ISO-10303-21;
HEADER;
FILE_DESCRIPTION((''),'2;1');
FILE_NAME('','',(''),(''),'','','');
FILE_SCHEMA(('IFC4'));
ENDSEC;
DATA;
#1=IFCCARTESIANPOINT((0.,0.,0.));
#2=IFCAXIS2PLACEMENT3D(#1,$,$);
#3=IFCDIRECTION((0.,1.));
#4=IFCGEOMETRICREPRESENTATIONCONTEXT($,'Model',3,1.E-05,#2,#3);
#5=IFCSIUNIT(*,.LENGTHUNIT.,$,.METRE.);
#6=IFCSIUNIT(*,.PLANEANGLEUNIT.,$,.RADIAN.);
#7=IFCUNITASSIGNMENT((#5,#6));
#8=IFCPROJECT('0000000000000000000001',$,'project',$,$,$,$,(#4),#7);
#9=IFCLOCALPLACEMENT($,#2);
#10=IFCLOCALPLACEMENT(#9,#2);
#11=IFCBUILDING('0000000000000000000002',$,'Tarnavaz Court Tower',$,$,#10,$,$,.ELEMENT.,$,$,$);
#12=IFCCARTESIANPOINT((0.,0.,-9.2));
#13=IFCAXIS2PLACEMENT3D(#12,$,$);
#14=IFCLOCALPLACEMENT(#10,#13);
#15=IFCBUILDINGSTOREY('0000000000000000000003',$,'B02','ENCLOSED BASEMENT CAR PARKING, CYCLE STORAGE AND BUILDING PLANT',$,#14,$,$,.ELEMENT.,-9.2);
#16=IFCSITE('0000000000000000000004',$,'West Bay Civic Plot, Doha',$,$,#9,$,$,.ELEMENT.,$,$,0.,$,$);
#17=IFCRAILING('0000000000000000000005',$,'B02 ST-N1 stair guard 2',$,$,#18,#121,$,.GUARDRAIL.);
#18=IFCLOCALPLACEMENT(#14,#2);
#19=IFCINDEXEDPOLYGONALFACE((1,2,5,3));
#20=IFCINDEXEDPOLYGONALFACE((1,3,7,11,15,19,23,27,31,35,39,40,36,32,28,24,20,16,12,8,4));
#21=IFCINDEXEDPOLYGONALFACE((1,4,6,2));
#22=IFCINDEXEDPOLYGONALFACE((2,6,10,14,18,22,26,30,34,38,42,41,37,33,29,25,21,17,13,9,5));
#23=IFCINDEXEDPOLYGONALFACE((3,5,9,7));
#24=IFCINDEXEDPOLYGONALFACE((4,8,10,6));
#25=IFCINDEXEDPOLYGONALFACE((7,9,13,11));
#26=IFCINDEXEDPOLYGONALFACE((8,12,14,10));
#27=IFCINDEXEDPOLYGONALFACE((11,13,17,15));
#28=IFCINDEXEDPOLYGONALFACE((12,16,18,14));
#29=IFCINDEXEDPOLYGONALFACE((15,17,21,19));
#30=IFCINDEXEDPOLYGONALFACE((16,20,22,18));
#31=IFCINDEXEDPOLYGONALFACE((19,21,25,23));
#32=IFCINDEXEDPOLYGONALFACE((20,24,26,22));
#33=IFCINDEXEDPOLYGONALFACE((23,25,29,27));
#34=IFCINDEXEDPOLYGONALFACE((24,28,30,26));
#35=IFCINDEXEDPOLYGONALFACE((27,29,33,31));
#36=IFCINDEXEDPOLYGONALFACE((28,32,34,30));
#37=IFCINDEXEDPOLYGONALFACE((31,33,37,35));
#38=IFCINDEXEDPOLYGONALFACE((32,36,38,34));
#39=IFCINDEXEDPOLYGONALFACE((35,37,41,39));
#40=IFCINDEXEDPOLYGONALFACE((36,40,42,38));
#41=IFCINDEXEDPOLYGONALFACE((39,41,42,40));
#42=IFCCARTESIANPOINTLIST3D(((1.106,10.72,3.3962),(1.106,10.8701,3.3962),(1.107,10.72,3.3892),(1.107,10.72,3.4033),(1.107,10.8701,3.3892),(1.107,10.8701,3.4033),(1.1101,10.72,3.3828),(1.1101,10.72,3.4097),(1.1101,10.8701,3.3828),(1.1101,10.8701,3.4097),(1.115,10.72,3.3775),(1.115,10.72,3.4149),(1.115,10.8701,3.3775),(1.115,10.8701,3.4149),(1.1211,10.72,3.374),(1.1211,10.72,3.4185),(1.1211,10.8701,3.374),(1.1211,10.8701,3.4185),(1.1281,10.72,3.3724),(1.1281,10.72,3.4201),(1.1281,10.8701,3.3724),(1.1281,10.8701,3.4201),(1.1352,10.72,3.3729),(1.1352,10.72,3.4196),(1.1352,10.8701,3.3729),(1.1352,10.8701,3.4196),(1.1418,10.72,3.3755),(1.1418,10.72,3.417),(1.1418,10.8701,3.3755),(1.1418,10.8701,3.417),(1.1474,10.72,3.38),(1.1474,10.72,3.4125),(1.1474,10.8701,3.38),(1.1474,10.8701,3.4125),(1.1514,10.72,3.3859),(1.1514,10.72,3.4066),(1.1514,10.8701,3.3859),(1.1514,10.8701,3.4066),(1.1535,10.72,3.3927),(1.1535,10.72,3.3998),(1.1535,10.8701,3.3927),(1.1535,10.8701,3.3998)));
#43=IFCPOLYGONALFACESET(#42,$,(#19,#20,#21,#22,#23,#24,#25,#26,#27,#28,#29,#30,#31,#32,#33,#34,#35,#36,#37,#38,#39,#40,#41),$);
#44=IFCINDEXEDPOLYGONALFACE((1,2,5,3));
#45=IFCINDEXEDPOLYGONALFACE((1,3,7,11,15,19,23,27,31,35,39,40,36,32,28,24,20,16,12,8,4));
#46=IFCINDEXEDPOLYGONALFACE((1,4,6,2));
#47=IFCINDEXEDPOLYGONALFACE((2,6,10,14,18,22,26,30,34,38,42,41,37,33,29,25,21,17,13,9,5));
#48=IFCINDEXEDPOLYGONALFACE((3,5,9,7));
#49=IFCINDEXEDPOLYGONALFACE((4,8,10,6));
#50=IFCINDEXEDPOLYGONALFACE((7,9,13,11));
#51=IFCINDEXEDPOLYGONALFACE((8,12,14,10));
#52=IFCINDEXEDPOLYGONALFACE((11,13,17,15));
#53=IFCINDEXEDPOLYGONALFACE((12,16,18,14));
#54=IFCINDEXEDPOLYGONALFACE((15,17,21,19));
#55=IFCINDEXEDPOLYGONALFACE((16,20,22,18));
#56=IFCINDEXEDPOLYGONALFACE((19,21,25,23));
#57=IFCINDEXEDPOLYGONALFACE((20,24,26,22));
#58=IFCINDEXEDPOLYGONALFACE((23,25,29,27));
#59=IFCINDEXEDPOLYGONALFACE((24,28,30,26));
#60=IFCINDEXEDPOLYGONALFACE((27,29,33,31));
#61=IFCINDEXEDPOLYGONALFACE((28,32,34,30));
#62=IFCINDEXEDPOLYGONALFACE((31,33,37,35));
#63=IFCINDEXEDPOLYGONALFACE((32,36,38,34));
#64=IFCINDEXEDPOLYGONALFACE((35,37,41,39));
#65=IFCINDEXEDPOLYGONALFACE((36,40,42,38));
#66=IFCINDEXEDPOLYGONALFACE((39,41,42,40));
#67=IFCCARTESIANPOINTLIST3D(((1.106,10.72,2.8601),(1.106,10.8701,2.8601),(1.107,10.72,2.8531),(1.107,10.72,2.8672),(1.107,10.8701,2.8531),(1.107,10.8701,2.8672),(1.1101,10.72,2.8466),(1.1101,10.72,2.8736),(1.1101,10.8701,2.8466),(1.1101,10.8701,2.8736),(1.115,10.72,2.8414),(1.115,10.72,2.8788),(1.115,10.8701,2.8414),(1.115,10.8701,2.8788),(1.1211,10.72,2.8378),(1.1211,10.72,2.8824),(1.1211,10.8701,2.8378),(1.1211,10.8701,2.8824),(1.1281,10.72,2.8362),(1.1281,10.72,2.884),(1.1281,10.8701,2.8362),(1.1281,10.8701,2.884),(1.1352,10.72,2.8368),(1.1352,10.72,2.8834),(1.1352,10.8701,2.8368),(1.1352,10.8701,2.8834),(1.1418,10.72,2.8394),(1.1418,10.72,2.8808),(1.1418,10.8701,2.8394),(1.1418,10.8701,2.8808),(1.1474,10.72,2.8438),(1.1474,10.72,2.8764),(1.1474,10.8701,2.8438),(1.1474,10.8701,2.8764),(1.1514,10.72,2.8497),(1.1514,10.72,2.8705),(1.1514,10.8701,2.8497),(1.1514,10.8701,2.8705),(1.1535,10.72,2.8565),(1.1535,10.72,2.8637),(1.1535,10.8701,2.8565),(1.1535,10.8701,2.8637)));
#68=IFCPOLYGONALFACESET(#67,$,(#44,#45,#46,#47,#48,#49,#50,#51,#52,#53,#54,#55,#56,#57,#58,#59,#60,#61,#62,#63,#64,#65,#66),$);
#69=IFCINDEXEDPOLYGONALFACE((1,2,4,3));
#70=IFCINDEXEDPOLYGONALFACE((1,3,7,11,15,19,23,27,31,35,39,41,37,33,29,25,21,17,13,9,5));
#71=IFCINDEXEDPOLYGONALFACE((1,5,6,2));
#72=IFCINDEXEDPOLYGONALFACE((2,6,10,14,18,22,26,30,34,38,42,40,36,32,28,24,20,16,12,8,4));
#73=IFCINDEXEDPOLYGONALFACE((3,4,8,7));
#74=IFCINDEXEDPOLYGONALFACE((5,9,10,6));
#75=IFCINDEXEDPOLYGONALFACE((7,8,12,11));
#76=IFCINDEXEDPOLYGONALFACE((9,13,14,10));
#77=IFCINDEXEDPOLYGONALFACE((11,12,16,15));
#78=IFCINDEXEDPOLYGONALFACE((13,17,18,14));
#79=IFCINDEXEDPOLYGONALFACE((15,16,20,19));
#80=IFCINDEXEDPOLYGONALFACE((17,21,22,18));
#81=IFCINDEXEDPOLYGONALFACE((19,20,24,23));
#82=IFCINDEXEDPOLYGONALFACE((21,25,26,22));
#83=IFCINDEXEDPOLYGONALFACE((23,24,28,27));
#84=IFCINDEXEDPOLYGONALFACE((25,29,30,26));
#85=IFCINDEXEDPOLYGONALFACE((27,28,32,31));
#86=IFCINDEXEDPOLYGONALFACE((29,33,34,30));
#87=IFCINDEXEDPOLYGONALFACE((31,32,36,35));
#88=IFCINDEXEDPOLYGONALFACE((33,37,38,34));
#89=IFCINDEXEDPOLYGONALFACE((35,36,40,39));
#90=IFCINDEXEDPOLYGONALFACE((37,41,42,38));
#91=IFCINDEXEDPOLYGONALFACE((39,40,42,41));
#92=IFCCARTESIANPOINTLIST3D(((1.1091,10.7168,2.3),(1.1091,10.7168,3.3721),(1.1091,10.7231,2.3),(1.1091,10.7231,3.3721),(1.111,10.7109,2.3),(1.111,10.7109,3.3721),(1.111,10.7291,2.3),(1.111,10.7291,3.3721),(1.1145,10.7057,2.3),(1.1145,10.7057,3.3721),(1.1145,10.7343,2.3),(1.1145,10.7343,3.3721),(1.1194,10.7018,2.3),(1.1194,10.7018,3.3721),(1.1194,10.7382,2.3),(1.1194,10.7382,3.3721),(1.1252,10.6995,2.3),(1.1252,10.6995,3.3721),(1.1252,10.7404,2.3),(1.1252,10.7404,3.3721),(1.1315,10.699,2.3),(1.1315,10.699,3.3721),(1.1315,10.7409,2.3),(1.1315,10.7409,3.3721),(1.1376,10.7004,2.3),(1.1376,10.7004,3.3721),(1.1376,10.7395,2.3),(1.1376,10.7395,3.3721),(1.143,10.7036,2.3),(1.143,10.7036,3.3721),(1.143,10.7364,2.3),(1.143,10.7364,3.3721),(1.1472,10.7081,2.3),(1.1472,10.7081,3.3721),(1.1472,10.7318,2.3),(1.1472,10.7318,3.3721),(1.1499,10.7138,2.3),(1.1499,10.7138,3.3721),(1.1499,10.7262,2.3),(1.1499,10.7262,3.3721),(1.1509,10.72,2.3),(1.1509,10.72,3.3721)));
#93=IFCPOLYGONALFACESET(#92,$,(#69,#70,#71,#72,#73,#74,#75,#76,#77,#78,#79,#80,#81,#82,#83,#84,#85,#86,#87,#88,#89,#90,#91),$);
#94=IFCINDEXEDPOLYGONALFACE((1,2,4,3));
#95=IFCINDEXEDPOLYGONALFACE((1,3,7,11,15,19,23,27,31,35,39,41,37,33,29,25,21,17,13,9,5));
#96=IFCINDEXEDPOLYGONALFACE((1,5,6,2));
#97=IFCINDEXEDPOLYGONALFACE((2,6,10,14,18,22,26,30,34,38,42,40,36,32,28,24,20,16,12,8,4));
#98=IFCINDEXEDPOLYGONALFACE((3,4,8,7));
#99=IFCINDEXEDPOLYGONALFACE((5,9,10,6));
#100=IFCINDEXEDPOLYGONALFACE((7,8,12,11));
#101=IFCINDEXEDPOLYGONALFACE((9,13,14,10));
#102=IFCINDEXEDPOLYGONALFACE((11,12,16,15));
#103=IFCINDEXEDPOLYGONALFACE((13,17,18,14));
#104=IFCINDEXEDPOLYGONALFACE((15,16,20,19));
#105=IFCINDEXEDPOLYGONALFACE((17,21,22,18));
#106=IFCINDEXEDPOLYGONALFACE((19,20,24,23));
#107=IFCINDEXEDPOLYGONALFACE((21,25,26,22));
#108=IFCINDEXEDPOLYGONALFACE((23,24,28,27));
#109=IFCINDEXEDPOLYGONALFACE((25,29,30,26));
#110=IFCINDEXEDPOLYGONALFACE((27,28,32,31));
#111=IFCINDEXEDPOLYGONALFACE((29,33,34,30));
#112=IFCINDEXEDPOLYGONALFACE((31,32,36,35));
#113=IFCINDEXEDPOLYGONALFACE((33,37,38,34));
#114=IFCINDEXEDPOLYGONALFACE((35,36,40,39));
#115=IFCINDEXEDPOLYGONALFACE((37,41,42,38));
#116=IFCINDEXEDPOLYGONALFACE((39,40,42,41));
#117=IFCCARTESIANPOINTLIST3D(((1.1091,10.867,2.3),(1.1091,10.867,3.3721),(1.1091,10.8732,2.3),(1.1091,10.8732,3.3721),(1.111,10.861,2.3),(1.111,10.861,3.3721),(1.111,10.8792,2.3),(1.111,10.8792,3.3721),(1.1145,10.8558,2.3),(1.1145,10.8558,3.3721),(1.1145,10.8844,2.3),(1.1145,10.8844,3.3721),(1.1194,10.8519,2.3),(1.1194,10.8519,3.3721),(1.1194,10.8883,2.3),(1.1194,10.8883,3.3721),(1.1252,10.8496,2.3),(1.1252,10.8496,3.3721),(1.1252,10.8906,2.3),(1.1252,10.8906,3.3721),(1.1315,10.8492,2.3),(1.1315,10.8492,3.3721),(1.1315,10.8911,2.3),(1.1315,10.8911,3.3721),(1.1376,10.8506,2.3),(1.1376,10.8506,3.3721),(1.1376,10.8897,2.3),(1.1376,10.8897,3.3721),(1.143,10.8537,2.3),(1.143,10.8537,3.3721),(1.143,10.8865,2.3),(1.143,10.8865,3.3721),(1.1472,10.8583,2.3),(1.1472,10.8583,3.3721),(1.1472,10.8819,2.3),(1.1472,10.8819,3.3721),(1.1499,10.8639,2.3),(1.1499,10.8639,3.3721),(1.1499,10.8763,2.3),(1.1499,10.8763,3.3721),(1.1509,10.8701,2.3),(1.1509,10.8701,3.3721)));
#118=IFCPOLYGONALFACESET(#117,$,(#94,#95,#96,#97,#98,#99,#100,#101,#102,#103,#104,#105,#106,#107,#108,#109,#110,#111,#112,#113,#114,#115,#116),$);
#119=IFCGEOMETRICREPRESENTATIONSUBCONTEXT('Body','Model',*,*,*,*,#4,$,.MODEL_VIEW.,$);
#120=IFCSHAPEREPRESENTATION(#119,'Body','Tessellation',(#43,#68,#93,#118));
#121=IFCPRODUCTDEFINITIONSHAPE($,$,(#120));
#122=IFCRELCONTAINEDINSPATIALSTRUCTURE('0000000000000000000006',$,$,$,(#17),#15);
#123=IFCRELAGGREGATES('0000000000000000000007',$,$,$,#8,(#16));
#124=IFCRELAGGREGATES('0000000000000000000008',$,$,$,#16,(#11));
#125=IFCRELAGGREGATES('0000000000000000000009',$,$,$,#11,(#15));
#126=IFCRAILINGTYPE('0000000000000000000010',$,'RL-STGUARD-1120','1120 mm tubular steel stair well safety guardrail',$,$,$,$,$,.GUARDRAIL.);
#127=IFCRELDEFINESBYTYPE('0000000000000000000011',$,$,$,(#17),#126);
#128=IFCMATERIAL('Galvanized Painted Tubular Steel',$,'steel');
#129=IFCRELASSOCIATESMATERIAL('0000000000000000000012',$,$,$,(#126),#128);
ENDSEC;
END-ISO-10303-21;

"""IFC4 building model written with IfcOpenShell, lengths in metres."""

from ifc_helpers import new_model, si_unit, direction, frame, origin, origin_2d, place, context, subcontext, project, spatial, circle, extrude, material, type_object, element, save


model = new_model("IFC4")

# Units and contexts
model_context = context("Model", 3, precision=1e-05, world=origin(), true_north=direction((0.0, 1.0)))
body_context = subcontext(model_context, "Body", "Model", "MODEL_VIEW")
ifc_project = project(units=[si_unit("LENGTHUNIT", "METRE"), si_unit("PLANEANGLEUNIT", "RADIAN")], contexts=[model_context])

# Site, building, storey
site_placement = place(None, origin())
site = spatial("IfcSite", under=ifc_project, at=site_placement, Name="West Bay Civic Plot, Doha", CompositionType="ELEMENT", RefElevation=0.0)
building_placement = place(site_placement, origin())
building = spatial("IfcBuilding", under=site, at=building_placement, Name="Tarnavaz Court Tower", CompositionType="ELEMENT")
storey_placement = place(building_placement, frame((0.0, 0.0, -9.2)))
storey = spatial("IfcBuildingStorey", under=building, at=storey_placement, Name="B02", Description="ENCLOSED BASEMENT CAR PARKING, CYCLE STORAGE AND BUILDING PLANT", CompositionType="ELEMENT", Elevation=-9.2)

# Railing
ifc_material_1 = material(Name="Galvanized Painted Tubular Steel", Category="steel")
railing_type_1 = type_object("IfcRailingType", Name="RL-STGUARD-1120", Description="1120 mm tubular steel stair well safety guardrail", PredefinedType="GUARDRAIL", material=ifc_material_1)
railing_1_placement = place(storey_placement, frame((1.1299, 10.72, 2.3)))
element("IfcRailing", 1, at=railing_1_placement, inside=storey, type_object=railing_type_1, Name="B02 ST-N1 stair guard 2", PredefinedType="GUARDRAIL", context=body_context, shape_type="SweptSolid", body=[
    extrude(circle(Radius=0.0239, at=origin_2d()), frame((0.0, 0.0, 1.0962), z_axis=(0.0, 1.0, 0.0), x_axis=(-1.0, 0.0, 0.0)), (0.0, 0.0, 1.0), 0.1501),
    extrude(circle(Radius=0.0239, at=origin_2d()), frame((0.0, 0.0, 0.5601), z_axis=(0.0, 1.0, 0.0), x_axis=(-1.0, 0.0, 0.0)), (0.0, 0.0, 1.0), 0.1501),
    extrude(circle(Radius=0.021, at=origin_2d()), origin(), (0.0, 0.0, 1.0), 1.072),
    extrude(circle(Radius=0.021, at=origin_2d()), frame((0.0, 0.1501, 0.0)), (0.0, 0.0, 1.0), 1.072),
])

save(model, "model.ifc")
